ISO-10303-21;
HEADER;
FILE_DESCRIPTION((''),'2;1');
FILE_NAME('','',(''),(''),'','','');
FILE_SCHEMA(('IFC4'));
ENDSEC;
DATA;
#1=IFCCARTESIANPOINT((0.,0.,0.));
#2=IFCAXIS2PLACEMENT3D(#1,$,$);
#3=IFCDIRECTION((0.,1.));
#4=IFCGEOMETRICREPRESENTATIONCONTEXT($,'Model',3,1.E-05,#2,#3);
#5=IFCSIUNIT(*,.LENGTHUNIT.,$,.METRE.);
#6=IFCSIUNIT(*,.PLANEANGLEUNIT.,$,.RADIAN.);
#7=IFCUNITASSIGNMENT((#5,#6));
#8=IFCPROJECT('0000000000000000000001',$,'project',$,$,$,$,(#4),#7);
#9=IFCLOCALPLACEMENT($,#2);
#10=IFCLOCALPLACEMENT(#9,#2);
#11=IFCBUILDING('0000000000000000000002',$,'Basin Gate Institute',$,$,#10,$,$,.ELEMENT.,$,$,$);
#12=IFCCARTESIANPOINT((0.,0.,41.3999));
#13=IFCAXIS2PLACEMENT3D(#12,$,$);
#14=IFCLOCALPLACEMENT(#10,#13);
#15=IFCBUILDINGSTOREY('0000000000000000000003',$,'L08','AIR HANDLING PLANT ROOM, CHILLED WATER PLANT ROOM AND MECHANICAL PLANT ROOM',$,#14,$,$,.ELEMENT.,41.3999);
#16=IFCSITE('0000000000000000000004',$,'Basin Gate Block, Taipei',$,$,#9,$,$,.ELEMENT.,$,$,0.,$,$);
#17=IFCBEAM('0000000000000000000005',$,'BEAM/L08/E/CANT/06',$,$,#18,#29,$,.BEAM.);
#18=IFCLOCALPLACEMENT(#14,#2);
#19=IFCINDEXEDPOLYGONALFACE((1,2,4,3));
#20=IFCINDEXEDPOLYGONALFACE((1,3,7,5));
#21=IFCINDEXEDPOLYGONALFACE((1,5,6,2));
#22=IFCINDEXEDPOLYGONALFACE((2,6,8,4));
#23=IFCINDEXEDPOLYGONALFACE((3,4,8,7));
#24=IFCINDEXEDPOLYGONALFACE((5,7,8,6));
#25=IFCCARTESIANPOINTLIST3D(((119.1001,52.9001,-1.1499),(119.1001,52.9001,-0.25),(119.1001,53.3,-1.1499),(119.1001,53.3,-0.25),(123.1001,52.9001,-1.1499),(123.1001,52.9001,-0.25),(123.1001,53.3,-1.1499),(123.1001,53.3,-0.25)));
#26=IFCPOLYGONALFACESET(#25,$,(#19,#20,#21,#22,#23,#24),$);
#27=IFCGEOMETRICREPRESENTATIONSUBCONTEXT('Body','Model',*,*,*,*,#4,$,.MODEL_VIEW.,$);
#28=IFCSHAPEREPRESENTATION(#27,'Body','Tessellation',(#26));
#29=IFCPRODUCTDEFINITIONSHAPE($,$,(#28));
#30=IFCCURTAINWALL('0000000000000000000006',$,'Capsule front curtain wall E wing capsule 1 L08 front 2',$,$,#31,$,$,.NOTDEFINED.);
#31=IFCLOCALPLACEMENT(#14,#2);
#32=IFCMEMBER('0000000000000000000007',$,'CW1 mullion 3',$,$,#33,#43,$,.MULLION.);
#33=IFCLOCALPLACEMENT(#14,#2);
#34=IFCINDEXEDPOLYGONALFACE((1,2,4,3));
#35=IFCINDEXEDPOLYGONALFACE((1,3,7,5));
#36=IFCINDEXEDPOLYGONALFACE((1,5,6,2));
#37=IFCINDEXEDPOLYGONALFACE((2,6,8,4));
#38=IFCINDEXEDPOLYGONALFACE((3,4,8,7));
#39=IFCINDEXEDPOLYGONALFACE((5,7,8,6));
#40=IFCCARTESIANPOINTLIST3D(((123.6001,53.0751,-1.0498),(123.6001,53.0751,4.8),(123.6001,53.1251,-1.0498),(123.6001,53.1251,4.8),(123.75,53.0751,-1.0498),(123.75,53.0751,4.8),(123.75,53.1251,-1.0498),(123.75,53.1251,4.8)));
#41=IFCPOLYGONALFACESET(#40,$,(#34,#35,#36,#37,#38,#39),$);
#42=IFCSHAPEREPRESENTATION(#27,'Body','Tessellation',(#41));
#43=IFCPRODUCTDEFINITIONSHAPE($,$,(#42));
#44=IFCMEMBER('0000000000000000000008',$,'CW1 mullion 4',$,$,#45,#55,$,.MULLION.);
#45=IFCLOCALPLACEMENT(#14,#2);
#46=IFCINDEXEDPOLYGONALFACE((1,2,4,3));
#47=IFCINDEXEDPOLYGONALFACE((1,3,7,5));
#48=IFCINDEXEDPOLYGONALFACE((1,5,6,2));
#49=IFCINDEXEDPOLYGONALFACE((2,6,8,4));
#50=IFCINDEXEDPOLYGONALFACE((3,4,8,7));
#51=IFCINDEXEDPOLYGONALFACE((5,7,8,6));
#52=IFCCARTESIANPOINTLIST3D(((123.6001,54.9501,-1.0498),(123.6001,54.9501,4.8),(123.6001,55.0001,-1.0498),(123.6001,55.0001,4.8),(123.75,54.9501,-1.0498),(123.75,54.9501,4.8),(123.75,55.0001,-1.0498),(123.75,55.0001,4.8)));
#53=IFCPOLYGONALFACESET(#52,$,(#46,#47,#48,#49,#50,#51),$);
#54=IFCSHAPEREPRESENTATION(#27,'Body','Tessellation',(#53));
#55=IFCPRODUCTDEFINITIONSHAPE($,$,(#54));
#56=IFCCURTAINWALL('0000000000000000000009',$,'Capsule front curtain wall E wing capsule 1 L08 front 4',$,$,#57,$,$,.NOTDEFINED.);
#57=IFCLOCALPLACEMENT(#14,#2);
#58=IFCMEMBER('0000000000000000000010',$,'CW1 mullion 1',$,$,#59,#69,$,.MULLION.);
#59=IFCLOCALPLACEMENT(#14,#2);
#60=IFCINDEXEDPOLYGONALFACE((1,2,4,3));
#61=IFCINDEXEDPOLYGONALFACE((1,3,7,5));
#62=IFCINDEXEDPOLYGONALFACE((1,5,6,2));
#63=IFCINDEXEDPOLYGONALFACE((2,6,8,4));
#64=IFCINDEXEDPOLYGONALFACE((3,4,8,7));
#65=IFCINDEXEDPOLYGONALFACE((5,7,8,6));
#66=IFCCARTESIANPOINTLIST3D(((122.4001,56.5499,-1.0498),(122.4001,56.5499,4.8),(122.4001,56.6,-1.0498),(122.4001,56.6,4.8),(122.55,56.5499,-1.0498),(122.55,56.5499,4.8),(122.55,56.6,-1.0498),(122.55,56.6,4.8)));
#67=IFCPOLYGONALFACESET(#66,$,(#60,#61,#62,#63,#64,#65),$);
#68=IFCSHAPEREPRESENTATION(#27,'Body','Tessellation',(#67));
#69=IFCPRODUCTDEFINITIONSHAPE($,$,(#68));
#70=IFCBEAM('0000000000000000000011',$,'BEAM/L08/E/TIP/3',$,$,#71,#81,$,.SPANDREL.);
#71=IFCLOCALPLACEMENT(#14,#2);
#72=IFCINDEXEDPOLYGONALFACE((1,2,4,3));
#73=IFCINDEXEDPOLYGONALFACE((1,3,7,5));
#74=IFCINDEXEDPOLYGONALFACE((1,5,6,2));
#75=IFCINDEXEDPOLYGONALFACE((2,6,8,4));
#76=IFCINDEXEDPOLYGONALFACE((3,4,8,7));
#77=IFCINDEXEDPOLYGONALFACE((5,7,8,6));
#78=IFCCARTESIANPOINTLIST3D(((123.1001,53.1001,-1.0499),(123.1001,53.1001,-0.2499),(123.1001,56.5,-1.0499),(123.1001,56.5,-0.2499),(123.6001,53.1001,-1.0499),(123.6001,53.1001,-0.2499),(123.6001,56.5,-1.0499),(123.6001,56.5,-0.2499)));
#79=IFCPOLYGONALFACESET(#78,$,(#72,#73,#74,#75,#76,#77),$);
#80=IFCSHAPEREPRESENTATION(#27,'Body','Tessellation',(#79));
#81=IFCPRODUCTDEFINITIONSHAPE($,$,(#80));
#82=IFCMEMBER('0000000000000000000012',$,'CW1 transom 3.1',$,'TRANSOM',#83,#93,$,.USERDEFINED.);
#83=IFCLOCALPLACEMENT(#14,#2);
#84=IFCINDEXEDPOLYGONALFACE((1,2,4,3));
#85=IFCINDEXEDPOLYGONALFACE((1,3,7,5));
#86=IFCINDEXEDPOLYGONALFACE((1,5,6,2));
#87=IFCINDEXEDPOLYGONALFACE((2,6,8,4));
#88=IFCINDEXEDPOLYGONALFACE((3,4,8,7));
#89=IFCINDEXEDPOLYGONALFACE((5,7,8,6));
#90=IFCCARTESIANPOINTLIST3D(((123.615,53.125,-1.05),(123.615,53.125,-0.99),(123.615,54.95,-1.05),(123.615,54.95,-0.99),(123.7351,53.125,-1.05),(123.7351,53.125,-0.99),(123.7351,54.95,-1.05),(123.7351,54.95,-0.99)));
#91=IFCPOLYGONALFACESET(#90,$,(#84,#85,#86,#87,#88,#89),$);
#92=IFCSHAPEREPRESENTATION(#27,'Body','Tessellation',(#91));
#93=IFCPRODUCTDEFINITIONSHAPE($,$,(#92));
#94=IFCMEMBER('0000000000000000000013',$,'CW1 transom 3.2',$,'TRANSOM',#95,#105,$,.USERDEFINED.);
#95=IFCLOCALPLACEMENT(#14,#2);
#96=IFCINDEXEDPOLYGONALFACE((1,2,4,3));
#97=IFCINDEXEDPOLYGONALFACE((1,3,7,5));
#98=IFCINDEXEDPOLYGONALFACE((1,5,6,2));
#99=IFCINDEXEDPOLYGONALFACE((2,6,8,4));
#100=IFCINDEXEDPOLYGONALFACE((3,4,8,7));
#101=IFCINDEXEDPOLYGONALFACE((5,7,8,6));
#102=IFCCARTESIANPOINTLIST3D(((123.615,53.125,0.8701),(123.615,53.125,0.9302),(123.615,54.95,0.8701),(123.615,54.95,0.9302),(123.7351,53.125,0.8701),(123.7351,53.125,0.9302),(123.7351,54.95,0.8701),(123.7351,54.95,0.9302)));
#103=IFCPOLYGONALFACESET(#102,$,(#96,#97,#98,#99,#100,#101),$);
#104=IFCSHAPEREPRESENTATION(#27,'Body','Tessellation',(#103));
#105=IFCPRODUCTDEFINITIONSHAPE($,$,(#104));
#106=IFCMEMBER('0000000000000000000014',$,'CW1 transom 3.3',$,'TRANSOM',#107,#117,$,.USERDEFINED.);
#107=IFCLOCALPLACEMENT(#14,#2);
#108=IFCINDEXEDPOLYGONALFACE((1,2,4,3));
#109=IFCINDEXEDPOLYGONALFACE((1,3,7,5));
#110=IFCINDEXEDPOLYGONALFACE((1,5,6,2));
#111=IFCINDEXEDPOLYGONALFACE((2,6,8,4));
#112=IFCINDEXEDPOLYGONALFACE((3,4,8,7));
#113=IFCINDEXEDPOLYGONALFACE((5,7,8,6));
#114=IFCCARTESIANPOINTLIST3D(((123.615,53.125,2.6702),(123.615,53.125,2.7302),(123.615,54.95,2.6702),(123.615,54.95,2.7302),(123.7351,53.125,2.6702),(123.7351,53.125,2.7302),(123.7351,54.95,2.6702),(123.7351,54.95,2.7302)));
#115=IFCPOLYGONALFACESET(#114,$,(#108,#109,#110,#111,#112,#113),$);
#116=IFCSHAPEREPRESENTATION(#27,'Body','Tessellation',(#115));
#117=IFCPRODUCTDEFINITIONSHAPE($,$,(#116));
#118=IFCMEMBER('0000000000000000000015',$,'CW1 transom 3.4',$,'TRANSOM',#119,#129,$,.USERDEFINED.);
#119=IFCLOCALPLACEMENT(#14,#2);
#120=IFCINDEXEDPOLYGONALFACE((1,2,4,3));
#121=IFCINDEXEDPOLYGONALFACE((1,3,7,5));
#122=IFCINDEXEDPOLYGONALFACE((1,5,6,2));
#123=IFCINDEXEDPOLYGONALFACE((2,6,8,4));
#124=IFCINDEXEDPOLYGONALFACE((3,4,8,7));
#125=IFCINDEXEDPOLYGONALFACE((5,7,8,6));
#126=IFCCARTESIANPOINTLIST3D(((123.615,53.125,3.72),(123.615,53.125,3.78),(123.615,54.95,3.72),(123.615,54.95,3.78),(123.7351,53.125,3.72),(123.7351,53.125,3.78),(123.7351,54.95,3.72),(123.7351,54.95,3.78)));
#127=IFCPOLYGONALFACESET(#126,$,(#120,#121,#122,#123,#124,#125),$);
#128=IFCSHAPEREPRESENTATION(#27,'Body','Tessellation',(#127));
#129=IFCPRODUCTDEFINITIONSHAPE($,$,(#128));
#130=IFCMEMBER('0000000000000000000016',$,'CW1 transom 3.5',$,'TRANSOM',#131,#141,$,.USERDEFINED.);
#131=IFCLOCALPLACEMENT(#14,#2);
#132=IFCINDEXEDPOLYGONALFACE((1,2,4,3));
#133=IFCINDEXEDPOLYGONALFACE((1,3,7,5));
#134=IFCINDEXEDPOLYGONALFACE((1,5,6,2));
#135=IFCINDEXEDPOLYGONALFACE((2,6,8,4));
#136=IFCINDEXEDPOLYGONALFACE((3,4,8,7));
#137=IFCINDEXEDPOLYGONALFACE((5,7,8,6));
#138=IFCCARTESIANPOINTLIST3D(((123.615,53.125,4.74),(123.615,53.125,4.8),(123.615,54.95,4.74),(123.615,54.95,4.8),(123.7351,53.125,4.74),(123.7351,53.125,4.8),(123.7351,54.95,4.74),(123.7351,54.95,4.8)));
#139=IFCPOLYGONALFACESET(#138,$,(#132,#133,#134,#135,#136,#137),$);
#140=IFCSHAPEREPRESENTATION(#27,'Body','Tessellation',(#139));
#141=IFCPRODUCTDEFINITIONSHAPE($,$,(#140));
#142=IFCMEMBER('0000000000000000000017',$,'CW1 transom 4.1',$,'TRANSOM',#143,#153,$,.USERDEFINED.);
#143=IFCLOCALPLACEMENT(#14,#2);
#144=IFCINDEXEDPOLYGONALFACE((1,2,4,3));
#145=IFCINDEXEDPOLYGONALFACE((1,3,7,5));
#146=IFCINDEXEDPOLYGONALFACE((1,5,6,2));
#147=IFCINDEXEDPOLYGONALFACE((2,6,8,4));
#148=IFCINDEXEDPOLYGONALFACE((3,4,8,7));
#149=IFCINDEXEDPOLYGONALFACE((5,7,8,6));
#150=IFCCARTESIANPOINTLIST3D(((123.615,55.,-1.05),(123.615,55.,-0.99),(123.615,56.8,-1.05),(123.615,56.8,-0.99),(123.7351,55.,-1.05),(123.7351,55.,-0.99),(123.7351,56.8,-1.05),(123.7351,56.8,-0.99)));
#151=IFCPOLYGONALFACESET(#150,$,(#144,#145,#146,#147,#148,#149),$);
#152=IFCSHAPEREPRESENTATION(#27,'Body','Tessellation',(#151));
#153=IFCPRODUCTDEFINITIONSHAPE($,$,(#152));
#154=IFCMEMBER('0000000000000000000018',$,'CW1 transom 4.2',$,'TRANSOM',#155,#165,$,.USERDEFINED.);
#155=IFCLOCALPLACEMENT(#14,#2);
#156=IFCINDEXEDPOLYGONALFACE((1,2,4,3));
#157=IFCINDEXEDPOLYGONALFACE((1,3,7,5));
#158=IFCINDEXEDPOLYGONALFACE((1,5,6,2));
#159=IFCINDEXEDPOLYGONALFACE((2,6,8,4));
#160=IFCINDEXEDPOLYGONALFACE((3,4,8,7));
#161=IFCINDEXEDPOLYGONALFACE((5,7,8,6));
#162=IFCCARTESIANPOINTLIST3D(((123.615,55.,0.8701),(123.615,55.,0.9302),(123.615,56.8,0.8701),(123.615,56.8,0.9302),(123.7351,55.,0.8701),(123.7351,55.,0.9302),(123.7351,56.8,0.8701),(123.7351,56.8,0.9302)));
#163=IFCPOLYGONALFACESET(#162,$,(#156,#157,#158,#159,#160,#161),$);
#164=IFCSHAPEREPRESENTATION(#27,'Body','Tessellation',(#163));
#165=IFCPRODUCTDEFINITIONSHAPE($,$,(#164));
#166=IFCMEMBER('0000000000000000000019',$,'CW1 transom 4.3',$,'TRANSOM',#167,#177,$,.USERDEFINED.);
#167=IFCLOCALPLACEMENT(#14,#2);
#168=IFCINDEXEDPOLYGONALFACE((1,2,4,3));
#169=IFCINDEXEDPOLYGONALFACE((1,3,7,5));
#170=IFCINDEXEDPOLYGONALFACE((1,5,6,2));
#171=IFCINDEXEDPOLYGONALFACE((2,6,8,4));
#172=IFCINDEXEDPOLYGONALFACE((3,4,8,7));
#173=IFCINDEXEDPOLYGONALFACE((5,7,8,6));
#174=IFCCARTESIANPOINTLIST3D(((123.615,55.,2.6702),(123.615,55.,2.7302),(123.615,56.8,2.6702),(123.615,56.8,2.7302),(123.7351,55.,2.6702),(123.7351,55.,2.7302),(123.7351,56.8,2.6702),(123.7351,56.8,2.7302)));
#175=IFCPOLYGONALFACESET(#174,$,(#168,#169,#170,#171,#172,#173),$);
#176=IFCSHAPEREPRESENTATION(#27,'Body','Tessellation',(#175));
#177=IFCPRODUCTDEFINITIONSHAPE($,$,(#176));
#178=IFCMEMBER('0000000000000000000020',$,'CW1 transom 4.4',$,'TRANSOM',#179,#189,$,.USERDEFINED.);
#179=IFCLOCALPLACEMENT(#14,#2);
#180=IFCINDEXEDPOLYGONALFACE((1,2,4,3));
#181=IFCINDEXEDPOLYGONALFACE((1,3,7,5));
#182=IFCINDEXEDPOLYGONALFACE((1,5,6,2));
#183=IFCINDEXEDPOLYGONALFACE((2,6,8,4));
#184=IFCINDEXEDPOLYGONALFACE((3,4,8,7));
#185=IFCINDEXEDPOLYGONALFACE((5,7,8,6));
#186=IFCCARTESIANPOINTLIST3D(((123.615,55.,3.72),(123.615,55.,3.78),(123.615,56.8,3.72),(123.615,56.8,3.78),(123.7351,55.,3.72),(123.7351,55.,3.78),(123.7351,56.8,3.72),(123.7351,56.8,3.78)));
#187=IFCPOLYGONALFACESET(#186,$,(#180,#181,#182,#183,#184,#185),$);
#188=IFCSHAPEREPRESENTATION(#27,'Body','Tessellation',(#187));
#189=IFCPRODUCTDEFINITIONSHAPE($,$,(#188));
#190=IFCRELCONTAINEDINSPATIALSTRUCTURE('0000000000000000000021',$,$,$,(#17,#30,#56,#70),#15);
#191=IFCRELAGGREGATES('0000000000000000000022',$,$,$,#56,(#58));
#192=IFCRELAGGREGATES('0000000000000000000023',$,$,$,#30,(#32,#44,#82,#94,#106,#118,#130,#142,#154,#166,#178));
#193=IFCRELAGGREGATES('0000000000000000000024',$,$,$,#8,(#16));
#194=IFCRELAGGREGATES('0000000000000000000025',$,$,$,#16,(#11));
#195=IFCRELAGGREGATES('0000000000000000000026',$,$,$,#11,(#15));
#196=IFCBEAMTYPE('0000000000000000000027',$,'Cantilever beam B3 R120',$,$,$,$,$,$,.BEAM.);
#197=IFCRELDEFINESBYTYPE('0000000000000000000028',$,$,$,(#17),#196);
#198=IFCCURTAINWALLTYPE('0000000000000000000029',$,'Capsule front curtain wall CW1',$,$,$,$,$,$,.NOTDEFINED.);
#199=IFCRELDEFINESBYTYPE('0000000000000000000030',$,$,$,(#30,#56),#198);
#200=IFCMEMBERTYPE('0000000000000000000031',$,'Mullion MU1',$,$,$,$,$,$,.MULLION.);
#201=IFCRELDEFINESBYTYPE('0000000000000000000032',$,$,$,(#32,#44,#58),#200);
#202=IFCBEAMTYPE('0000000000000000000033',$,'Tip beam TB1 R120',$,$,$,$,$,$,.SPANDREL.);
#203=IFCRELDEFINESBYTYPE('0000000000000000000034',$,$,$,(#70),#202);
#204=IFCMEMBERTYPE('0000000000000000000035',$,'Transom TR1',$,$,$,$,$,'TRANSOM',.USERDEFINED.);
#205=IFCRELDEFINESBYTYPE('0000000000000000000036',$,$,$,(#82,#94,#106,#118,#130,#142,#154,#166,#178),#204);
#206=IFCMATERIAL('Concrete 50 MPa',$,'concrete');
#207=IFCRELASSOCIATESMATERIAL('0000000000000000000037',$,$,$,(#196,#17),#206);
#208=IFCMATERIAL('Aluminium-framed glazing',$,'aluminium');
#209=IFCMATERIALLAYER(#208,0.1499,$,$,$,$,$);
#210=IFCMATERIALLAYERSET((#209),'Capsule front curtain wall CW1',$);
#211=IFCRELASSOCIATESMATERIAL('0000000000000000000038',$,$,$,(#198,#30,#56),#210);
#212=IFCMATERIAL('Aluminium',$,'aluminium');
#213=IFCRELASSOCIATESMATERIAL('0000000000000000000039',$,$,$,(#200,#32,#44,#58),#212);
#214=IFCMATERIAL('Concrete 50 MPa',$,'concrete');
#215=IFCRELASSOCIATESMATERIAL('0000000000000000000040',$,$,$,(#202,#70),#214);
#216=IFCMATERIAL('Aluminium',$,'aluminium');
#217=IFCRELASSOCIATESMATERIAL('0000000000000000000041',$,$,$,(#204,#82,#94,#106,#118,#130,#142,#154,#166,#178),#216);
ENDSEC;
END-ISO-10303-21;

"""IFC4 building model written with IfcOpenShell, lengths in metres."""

from ifc_helpers import new_model, si_unit, direction, frame, origin, origin_2d, place, context, subcontext, project, spatial, rectangle, extrude, material, layer, layer_set, material_profile, profile_set, type_object, element, aggregate, save


model = new_model("IFC4")

# Units and contexts
model_context = context("Model", 3, precision=1e-05, world=origin(), true_north=direction((0.0, 1.0)))
body_context = subcontext(model_context, "Body", "Model", "MODEL_VIEW")
ifc_project = project(units=[si_unit("LENGTHUNIT", "METRE"), si_unit("PLANEANGLEUNIT", "RADIAN")], contexts=[model_context])

# Site, building, storey
site_placement = place(None, origin())
site = spatial("IfcSite", under=ifc_project, at=site_placement, Name="Basin Gate Block, Taipei", CompositionType="ELEMENT", RefElevation=0.0)
building_placement = place(site_placement, origin())
building = spatial("IfcBuilding", under=site, at=building_placement, Name="Basin Gate Institute", CompositionType="ELEMENT")
storey_placement = place(building_placement, frame((0.0, 0.0, 41.3999)))
storey = spatial("IfcBuildingStorey", under=building, at=storey_placement, Name="L08", Description="AIR HANDLING PLANT ROOM, CHILLED WATER PLANT ROOM AND MECHANICAL PLANT ROOM", CompositionType="ELEMENT", Elevation=41.3999)

# Beam
ifc_material_1 = material(Name="Concrete 50 MPa", Category="concrete")
ifc_material_profile_1 = material_profile(ifc_material_1, rectangle(XDim=0.3999, YDim=0.8999, at=origin_2d()), Name="Cantilever beam B3 400 x 900")
ifc_profile_set_1 = profile_set([ifc_material_profile_1], Name="Concrete 50 MPa")
beam_type_1 = type_object("IfcBeamType", Name="Cantilever beam B3 R120", PredefinedType="BEAM", material=ifc_profile_set_1)
beam_1_placement = place(storey_placement, frame((123.1001, 53.1001, -0.7), z_axis=(-1.0, 0.0, 0.0), x_axis=(0.0, -1.0, 0.0)))
element("IfcBeam", 1, at=beam_1_placement, inside=storey, type_object=beam_type_1, material=ifc_profile_set_1, Name="BEAM/L08/E/CANT/06", PredefinedType="BEAM", context=body_context, shape_type="SweptSolid", body=[
    extrude(rectangle(XDim=0.3999, YDim=0.8999, at=origin_2d()), origin(), (0.0, 0.0, 1.0), 4.0),
])

# Curtain wall, members
ifc_material_2 = material(Name="Aluminium-framed glazing", Category="aluminium")
ifc_layer_1 = layer(ifc_material_2, 0.1499)
ifc_layer_set_1 = layer_set([ifc_layer_1], Name="Capsule front curtain wall CW1")
curtain_wall_type = type_object("IfcCurtainWallType", Name="Capsule front curtain wall CW1", PredefinedType="NOTDEFINED", material=ifc_layer_set_1)
curtain_wall_1_placement = place(storey_placement, origin())
curtain_wall_1 = element("IfcCurtainWall", 2, at=curtain_wall_1_placement, inside=storey, type_object=curtain_wall_type, material=ifc_layer_set_1, Name="Capsule front curtain wall E wing capsule 1 L08 front 2", PredefinedType="NOTDEFINED")
ifc_material_3 = material(Name="Aluminium", Category="aluminium")
ifc_material_profile_2 = material_profile(ifc_material_3, rectangle(XDim=0.1499, YDim=0.05, at=origin_2d()), Name="Mullion MU1 150 x 50")
ifc_profile_set_2 = profile_set([ifc_material_profile_2], Name="Aluminium")
member_type_1 = type_object("IfcMemberType", Name="Mullion MU1", PredefinedType="MULLION", material=ifc_profile_set_2)
member_1_placement = place(storey_placement, frame((123.675, 53.1001, -1.0498), z_axis=(0.0, 0.0, 1.0), x_axis=(-1.0, 0.0, 0.0)))
member_1 = element("IfcMember", 3, at=member_1_placement, type_object=member_type_1, material=ifc_profile_set_2, Name="CW1 mullion 3", PredefinedType="MULLION", context=body_context, shape_type="SweptSolid", body=[
    extrude(rectangle(XDim=0.1499, YDim=0.05, at=origin_2d()), origin(), (0.0, 0.0, 1.0), 5.8499),
])
member_2_placement = place(storey_placement, frame((123.675, 54.9751, -1.0498), z_axis=(0.0, 0.0, 1.0), x_axis=(-1.0, 0.0, 0.0)))
member_2 = element("IfcMember", 4, at=member_2_placement, type_object=member_type_1, material=ifc_profile_set_2, Name="CW1 mullion 4", PredefinedType="MULLION", context=body_context, shape_type="SweptSolid", body=[
    extrude(rectangle(XDim=0.1499, YDim=0.05, at=origin_2d()), origin(), (0.0, 0.0, 1.0), 5.8499),
])

# Curtain wall, member
curtain_wall_2_placement = place(storey_placement, origin())
curtain_wall_2 = element("IfcCurtainWall", 5, at=curtain_wall_2_placement, inside=storey, type_object=curtain_wall_type, material=ifc_layer_set_1, Name="Capsule front curtain wall E wing capsule 1 L08 front 4", PredefinedType="NOTDEFINED")
member_3_placement = place(storey_placement, frame((122.4751, 56.575, -1.0498), z_axis=(0.0, 0.0, 1.0), x_axis=(-1.0, 0.0, 0.0)))
member_3 = element("IfcMember", 6, at=member_3_placement, type_object=member_type_1, material=ifc_profile_set_2, Name="CW1 mullion 1", PredefinedType="MULLION", context=body_context, shape_type="SweptSolid", body=[
    extrude(rectangle(XDim=0.1499, YDim=0.05, at=origin_2d()), origin(), (0.0, 0.0, 1.0), 5.8499),
])

# Beam
ifc_material_4 = material(Name="Concrete 50 MPa", Category="concrete")
ifc_material_profile_3 = material_profile(ifc_material_4, rectangle(XDim=0.5, YDim=0.8, at=origin_2d()), Name="Tip beam TB1 500 x 800")
ifc_profile_set_3 = profile_set([ifc_material_profile_3], Name="Concrete 50 MPa")
beam_type_2 = type_object("IfcBeamType", Name="Tip beam TB1 R120", PredefinedType="SPANDREL", material=ifc_profile_set_3)
beam_2_placement = place(storey_placement, frame((123.3501, 53.1001, -0.6499), z_axis=(0.0, 1.0, 0.0), x_axis=(-1.0, 0.0, 0.0)))
element("IfcBeam", 7, at=beam_2_placement, inside=storey, type_object=beam_type_2, material=ifc_profile_set_3, Name="BEAM/L08/E/TIP/3", PredefinedType="SPANDREL", context=body_context, shape_type="SweptSolid", body=[
    extrude(rectangle(XDim=0.5, YDim=0.8, at=origin_2d()), origin(), (0.0, 0.0, 1.0), 3.3999),
])

# Members
ifc_material_5 = material(Name="Aluminium", Category="aluminium")
ifc_material_profile_4 = material_profile(ifc_material_5, rectangle(XDim=0.1201, YDim=0.0601, at=origin_2d()), Name="Transom TR1 120 x 60")
ifc_profile_set_4 = profile_set([ifc_material_profile_4], Name="Aluminium")
member_type_2 = type_object("IfcMemberType", Name="Transom TR1", ElementType="TRANSOM", PredefinedType="USERDEFINED", material=ifc_profile_set_4)
member_4_placement = place(storey_placement, frame((123.675, 53.125, -1.02), z_axis=(0.0, 1.0, 0.0), x_axis=(-1.0, 0.0, 0.0)))
member_4 = element("IfcMember", 8, at=member_4_placement, type_object=member_type_2, material=ifc_profile_set_4, Name="CW1 transom 3.1", ObjectType="TRANSOM", PredefinedType="USERDEFINED", context=body_context, shape_type="SweptSolid", body=[
    extrude(rectangle(XDim=0.1201, YDim=0.0601, at=origin_2d()), origin(), (0.0, 0.0, 1.0), 1.825),
])
member_5_placement = place(storey_placement, frame((123.675, 53.125, 0.9001), z_axis=(0.0, 1.0, 0.0), x_axis=(-1.0, 0.0, 0.0)))
member_5 = element("IfcMember", 9, at=member_5_placement, type_object=member_type_2, material=ifc_profile_set_4, Name="CW1 transom 3.2", ObjectType="TRANSOM", PredefinedType="USERDEFINED", context=body_context, shape_type="SweptSolid", body=[
    extrude(rectangle(XDim=0.1201, YDim=0.0601, at=origin_2d()), origin(), (0.0, 0.0, 1.0), 1.825),
])
member_6_placement = place(storey_placement, frame((123.675, 53.125, 2.7002), z_axis=(0.0, 1.0, 0.0), x_axis=(-1.0, 0.0, 0.0)))
member_6 = element("IfcMember", 10, at=member_6_placement, type_object=member_type_2, material=ifc_profile_set_4, Name="CW1 transom 3.3", ObjectType="TRANSOM", PredefinedType="USERDEFINED", context=body_context, shape_type="SweptSolid", body=[
    extrude(rectangle(XDim=0.1201, YDim=0.0601, at=origin_2d()), origin(), (0.0, 0.0, 1.0), 1.825),
])
member_7_placement = place(storey_placement, frame((123.675, 53.125, 3.75), z_axis=(0.0, 1.0, 0.0), x_axis=(-1.0, 0.0, 0.0)))
member_7 = element("IfcMember", 11, at=member_7_placement, type_object=member_type_2, material=ifc_profile_set_4, Name="CW1 transom 3.4", ObjectType="TRANSOM", PredefinedType="USERDEFINED", context=body_context, shape_type="SweptSolid", body=[
    extrude(rectangle(XDim=0.1201, YDim=0.0601, at=origin_2d()), origin(), (0.0, 0.0, 1.0), 1.825),
])
member_8_placement = place(storey_placement, frame((123.675, 53.125, 4.77), z_axis=(0.0, 1.0, 0.0), x_axis=(-1.0, 0.0, 0.0)))
member_8 = element("IfcMember", 12, at=member_8_placement, type_object=member_type_2, material=ifc_profile_set_4, Name="CW1 transom 3.5", ObjectType="TRANSOM", PredefinedType="USERDEFINED", context=body_context, shape_type="SweptSolid", body=[
    extrude(rectangle(XDim=0.1201, YDim=0.0601, at=origin_2d()), origin(), (0.0, 0.0, 1.0), 1.825),
])
member_9_placement = place(storey_placement, frame((123.675, 55.0, -1.02), z_axis=(0.0, 1.0, 0.0), x_axis=(-1.0, 0.0, 0.0)))
member_9 = element("IfcMember", 13, at=member_9_placement, type_object=member_type_2, material=ifc_profile_set_4, Name="CW1 transom 4.1", ObjectType="TRANSOM", PredefinedType="USERDEFINED", context=body_context, shape_type="SweptSolid", body=[
    extrude(rectangle(XDim=0.1201, YDim=0.0601, at=origin_2d()), origin(), (0.0, 0.0, 1.0), 1.8),
])
member_10_placement = place(storey_placement, frame((123.675, 55.0, 0.9001), z_axis=(0.0, 1.0, 0.0), x_axis=(-1.0, 0.0, 0.0)))
member_10 = element("IfcMember", 14, at=member_10_placement, type_object=member_type_2, material=ifc_profile_set_4, Name="CW1 transom 4.2", ObjectType="TRANSOM", PredefinedType="USERDEFINED", context=body_context, shape_type="SweptSolid", body=[
    extrude(rectangle(XDim=0.1201, YDim=0.0601, at=origin_2d()), origin(), (0.0, 0.0, 1.0), 1.8),
])
member_11_placement = place(storey_placement, frame((123.675, 55.0, 2.7002), z_axis=(0.0, 1.0, 0.0), x_axis=(-1.0, 0.0, 0.0)))
member_11 = element("IfcMember", 15, at=member_11_placement, type_object=member_type_2, material=ifc_profile_set_4, Name="CW1 transom 4.3", ObjectType="TRANSOM", PredefinedType="USERDEFINED", context=body_context, shape_type="SweptSolid", body=[
    extrude(rectangle(XDim=0.1201, YDim=0.0601, at=origin_2d()), origin(), (0.0, 0.0, 1.0), 1.8),
])
member_12_placement = place(storey_placement, frame((123.675, 55.0, 3.75), z_axis=(0.0, 1.0, 0.0), x_axis=(-1.0, 0.0, 0.0)))
member_12 = element("IfcMember", 16, at=member_12_placement, type_object=member_type_2, material=ifc_profile_set_4, Name="CW1 transom 4.4", ObjectType="TRANSOM", PredefinedType="USERDEFINED", context=body_context, shape_type="SweptSolid", body=[
    extrude(rectangle(XDim=0.1201, YDim=0.0601, at=origin_2d()), origin(), (0.0, 0.0, 1.0), 1.8),
])
aggregate(curtain_wall_2, [member_3])

aggregate(curtain_wall_1, [member_1, member_2, member_4, member_5, member_6, member_7, member_8, member_9, member_10, member_11, member_12])

save(model, "model.ifc")
